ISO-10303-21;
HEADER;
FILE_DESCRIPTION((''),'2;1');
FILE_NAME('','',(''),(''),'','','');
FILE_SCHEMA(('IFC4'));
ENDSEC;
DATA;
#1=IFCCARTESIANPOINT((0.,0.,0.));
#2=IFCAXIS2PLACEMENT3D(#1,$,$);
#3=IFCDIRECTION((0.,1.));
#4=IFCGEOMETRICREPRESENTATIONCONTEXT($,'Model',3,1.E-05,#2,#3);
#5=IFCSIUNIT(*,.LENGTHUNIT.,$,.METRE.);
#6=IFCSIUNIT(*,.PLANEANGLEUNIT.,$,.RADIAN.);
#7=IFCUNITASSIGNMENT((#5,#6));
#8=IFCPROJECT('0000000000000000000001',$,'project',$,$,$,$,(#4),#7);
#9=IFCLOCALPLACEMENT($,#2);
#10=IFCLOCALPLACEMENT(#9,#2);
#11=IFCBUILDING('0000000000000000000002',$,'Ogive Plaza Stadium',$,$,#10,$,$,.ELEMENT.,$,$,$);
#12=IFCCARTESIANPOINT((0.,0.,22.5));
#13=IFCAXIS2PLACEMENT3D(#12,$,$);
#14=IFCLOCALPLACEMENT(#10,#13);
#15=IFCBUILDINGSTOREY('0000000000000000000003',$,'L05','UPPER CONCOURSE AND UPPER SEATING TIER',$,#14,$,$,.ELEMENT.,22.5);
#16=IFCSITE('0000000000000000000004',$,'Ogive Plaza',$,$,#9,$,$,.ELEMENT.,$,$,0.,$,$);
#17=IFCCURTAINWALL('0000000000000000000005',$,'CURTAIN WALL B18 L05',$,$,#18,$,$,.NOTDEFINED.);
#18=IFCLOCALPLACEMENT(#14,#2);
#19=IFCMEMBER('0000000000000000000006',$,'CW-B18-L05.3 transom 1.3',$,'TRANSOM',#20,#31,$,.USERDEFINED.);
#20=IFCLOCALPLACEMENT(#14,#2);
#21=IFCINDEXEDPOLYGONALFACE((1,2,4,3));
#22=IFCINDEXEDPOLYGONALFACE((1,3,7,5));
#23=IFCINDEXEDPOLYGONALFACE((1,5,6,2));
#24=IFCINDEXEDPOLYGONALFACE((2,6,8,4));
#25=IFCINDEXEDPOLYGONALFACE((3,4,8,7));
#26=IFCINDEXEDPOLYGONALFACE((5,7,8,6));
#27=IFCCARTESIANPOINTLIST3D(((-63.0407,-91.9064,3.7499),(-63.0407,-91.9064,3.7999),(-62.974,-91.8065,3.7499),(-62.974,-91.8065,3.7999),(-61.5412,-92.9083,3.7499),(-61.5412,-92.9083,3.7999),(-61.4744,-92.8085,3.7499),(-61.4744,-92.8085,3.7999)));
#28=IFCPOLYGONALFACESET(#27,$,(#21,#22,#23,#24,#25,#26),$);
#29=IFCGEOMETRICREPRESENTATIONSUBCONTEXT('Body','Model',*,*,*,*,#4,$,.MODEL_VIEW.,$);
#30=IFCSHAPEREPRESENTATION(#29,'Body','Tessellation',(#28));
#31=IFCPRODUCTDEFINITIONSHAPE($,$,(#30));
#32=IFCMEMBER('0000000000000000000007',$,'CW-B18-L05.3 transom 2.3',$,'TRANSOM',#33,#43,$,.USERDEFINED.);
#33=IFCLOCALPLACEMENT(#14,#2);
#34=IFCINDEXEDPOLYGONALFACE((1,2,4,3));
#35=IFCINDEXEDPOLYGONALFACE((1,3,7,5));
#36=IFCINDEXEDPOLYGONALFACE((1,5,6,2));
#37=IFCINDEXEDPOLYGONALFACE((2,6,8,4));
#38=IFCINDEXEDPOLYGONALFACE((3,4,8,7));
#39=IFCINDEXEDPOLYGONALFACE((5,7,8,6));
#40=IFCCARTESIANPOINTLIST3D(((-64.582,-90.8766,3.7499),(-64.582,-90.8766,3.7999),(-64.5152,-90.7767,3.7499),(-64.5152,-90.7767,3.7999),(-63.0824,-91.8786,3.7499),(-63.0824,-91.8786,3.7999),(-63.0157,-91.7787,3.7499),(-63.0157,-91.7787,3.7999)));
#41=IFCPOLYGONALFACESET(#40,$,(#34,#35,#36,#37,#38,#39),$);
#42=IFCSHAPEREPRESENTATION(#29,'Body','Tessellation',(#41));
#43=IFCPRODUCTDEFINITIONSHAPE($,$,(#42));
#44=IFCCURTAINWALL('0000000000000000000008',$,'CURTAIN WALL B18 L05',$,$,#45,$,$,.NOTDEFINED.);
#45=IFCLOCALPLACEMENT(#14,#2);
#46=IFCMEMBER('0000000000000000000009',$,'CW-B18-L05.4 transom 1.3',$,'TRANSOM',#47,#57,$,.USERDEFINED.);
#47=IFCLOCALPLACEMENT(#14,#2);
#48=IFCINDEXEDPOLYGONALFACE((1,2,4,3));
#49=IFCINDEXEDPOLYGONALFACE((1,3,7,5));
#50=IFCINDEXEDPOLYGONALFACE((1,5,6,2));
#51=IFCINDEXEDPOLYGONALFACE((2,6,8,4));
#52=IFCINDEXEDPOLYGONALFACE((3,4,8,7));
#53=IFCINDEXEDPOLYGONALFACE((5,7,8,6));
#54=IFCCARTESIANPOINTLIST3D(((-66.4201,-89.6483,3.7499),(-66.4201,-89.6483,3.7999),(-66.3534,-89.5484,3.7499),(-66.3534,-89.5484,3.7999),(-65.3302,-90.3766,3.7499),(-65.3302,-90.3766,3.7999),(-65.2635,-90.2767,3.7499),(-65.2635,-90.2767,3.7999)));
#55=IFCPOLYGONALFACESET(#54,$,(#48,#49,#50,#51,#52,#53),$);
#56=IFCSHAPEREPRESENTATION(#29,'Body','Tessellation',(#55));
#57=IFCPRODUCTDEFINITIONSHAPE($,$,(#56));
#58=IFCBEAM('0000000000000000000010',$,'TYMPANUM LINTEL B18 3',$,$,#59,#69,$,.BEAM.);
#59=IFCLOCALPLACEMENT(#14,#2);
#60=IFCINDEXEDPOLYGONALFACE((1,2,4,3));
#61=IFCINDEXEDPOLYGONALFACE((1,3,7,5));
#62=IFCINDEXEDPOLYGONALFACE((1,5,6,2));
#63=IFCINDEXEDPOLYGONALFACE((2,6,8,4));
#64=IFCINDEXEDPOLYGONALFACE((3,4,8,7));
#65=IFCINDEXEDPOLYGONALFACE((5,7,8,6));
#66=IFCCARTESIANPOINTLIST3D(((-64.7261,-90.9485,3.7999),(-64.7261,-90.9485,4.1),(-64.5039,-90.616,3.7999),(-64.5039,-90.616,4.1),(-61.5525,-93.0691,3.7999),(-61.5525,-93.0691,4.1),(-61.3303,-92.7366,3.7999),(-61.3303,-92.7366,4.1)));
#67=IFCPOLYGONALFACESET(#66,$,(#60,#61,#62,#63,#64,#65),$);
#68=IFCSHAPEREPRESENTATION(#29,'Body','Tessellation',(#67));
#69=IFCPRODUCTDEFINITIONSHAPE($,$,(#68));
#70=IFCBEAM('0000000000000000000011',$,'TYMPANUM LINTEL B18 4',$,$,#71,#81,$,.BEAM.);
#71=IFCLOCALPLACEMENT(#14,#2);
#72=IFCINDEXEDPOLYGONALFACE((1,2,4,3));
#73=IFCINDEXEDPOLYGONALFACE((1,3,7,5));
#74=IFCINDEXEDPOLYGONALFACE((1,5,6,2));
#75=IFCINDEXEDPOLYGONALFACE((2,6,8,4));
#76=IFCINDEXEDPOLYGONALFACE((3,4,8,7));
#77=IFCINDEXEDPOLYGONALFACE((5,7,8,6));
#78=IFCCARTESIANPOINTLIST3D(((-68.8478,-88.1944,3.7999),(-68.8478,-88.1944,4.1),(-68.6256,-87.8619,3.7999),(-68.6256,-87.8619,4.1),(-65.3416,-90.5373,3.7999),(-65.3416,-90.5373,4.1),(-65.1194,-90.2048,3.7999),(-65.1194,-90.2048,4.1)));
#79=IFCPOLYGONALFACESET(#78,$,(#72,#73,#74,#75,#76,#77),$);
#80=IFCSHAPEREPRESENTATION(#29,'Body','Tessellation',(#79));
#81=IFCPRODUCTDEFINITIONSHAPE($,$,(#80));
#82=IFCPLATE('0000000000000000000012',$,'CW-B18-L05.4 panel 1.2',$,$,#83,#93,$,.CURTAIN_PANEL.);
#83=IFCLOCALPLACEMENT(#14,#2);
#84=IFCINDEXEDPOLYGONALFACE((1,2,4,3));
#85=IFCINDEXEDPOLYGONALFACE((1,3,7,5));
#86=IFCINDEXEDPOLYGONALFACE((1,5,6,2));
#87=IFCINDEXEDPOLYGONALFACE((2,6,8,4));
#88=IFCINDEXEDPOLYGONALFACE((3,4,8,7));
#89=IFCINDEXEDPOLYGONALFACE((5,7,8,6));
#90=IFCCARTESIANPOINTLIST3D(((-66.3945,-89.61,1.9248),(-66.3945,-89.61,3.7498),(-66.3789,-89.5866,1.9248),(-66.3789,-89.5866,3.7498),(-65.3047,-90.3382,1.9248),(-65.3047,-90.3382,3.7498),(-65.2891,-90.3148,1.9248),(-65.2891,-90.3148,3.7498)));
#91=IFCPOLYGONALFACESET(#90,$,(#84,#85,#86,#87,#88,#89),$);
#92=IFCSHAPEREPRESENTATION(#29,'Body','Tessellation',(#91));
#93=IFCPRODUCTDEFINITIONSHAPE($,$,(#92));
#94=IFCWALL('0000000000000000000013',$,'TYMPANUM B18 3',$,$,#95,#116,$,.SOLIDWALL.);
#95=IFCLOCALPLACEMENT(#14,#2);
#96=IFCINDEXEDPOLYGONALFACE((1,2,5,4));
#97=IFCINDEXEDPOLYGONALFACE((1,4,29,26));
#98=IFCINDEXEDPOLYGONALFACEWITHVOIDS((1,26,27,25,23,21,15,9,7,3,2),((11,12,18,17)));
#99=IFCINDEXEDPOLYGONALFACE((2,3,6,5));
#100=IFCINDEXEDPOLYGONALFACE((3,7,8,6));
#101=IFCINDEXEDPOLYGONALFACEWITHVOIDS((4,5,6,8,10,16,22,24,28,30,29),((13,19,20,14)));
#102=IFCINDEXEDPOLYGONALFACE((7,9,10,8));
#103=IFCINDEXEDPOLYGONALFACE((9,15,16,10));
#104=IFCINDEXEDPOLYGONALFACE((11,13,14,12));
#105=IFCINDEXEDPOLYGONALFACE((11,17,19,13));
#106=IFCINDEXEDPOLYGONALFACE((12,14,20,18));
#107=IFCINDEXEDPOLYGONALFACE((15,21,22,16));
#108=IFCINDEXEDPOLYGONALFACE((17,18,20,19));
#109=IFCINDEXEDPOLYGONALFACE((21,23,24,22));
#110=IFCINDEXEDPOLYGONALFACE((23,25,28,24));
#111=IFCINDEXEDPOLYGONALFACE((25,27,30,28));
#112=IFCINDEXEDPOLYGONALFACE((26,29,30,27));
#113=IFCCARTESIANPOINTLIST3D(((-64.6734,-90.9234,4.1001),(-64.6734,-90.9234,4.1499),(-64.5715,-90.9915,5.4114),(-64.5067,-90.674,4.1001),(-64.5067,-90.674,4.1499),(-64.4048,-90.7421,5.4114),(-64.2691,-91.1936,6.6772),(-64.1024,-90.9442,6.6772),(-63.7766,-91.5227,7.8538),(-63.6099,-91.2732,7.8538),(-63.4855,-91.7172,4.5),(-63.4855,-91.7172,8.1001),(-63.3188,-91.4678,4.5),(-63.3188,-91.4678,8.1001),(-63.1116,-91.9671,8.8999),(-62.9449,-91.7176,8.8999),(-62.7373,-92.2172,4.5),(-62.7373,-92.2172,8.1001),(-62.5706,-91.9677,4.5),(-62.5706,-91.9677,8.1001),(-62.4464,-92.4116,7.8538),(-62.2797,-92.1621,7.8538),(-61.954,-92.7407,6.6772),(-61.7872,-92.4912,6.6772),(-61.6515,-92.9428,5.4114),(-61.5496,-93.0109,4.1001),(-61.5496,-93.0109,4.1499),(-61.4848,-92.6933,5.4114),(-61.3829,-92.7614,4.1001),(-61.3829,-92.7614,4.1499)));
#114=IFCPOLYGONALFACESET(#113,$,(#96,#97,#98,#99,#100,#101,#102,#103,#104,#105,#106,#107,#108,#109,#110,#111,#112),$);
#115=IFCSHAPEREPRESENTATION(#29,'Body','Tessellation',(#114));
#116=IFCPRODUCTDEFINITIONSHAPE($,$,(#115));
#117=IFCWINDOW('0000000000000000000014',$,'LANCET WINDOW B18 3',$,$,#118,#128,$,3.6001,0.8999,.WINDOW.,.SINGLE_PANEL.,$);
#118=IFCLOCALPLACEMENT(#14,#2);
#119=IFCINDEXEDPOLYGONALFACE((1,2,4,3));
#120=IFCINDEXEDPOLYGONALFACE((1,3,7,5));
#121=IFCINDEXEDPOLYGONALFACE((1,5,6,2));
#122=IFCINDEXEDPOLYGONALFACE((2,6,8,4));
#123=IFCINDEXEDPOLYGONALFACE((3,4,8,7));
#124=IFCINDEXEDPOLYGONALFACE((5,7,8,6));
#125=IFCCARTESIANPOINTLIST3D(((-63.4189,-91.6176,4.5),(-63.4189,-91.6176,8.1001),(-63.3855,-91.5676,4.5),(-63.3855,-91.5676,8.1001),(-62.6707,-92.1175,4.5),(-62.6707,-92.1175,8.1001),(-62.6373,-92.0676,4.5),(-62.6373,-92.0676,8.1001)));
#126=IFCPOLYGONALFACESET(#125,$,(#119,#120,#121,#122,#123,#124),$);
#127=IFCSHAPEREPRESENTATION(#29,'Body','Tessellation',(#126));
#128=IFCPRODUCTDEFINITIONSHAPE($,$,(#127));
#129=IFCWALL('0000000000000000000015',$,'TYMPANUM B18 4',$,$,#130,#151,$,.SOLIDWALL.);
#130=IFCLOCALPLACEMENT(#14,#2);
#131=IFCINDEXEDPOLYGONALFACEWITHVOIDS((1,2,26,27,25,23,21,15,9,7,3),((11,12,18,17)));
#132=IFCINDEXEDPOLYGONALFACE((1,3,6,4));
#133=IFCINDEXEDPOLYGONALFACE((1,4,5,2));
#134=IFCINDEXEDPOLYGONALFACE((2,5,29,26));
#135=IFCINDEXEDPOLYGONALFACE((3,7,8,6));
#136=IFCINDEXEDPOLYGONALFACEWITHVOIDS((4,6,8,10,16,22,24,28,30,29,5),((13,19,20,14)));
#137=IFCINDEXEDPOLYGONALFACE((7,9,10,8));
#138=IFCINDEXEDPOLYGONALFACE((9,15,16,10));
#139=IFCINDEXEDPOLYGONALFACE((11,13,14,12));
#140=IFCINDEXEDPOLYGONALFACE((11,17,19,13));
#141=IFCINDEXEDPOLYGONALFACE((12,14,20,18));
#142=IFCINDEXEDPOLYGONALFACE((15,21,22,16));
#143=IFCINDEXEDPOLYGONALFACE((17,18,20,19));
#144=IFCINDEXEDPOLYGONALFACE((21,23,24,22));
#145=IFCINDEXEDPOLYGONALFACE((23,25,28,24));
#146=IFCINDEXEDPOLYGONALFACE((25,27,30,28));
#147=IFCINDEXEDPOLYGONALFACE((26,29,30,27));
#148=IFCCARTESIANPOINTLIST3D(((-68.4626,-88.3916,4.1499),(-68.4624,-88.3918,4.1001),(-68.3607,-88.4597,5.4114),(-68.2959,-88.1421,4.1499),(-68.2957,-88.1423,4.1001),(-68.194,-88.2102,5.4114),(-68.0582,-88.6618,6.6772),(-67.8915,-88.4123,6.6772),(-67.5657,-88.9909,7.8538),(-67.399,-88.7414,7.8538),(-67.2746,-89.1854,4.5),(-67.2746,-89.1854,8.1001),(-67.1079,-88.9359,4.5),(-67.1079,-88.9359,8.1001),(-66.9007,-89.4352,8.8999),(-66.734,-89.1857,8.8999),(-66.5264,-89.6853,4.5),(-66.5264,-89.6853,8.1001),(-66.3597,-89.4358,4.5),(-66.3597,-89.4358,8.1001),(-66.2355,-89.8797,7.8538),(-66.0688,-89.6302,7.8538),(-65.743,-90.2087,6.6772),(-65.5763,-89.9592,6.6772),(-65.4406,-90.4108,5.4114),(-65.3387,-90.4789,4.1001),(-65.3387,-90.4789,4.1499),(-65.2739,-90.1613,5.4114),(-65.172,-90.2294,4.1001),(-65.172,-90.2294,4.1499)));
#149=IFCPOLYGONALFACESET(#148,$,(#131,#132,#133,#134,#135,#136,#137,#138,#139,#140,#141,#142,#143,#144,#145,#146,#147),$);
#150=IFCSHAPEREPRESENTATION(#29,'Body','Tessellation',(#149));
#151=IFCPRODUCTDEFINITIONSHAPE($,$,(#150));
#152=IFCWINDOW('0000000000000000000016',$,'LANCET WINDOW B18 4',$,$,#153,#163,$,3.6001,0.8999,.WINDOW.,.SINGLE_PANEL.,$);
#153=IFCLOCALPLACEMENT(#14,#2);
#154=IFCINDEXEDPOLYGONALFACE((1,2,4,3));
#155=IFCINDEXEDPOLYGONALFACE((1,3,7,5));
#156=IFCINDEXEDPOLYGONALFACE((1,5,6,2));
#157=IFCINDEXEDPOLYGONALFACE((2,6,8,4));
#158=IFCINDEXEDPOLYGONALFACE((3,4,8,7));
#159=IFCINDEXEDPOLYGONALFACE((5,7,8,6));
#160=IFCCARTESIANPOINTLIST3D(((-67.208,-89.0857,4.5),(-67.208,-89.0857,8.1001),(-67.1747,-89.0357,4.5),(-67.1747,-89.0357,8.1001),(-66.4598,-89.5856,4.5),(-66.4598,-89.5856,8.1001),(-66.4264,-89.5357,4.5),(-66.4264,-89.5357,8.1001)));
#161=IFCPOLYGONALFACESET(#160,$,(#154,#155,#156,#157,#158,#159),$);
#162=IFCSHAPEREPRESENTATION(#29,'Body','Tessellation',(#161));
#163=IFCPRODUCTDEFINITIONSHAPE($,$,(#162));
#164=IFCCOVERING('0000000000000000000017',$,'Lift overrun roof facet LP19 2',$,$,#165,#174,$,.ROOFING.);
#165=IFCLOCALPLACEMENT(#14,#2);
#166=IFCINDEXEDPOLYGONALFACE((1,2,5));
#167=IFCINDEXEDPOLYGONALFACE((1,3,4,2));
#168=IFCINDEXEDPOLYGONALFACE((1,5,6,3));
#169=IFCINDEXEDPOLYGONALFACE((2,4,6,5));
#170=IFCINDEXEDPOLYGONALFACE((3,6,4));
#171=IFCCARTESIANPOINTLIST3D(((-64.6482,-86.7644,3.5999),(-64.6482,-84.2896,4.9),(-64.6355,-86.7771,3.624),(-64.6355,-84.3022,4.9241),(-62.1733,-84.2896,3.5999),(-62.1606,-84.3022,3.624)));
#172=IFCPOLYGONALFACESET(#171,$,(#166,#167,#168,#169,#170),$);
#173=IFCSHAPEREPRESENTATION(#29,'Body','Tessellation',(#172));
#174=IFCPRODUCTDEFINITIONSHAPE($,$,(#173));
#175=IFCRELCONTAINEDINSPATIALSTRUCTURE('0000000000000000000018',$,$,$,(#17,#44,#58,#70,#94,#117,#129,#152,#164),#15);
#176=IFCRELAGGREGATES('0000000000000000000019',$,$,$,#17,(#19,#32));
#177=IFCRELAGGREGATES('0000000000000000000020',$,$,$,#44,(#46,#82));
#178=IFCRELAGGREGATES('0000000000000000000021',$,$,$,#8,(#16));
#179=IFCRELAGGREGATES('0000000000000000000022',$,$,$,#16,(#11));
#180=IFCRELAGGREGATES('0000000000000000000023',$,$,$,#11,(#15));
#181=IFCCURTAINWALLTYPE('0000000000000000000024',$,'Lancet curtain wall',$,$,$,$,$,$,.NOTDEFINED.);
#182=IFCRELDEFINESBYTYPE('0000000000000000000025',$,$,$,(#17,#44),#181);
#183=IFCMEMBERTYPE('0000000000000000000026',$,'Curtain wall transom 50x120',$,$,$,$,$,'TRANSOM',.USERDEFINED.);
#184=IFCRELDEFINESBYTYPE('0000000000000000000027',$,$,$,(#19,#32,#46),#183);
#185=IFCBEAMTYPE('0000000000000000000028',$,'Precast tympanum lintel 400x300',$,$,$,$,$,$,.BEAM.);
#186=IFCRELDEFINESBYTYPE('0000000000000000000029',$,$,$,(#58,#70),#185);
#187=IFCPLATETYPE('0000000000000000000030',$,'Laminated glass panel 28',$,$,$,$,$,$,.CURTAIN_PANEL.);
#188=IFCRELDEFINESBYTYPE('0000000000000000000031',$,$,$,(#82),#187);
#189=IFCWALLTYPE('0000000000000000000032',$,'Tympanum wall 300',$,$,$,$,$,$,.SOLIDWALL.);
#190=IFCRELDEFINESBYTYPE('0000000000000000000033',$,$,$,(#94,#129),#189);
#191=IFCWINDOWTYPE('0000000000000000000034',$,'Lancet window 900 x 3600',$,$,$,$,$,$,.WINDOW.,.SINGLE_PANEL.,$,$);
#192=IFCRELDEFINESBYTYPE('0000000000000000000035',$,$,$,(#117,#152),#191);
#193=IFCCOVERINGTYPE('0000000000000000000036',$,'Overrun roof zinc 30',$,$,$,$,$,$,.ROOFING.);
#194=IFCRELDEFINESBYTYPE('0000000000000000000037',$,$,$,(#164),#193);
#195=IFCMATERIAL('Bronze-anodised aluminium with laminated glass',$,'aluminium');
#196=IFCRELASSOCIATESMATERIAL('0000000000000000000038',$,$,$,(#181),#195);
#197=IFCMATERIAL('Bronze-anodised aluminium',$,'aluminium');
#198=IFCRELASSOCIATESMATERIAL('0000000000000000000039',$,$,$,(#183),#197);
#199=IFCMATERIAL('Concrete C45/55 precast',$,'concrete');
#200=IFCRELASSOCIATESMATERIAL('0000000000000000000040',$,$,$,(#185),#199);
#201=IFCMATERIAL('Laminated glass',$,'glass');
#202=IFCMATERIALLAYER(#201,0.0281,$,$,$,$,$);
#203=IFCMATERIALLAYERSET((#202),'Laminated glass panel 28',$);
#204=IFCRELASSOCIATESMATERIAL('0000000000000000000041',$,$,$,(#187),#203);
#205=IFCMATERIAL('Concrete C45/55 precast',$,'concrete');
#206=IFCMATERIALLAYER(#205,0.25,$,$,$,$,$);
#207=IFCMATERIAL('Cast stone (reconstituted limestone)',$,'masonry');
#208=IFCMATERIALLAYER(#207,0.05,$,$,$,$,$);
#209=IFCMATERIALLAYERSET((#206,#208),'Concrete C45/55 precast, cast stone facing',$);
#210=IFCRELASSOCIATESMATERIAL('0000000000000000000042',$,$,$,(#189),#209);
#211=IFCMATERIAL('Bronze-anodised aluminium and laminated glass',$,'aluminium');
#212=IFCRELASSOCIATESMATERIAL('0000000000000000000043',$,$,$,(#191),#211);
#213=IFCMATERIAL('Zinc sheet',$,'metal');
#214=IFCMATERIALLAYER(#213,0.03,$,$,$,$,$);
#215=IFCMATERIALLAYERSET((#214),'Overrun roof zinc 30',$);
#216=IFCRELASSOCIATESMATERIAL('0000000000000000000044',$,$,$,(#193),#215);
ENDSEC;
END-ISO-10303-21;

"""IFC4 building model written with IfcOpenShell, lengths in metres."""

from ifc_helpers import new_model, si_unit, direction, frame, frame_2d, origin, origin_2d, place, context, subcontext, project, spatial, polyline, rectangle, outline, extrude, material, layer, layer_set, material_profile, profile_set, type_object, element, fill, aggregate, save


model = new_model("IFC4")

# Units and contexts
model_context = context("Model", 3, precision=1e-05, world=origin(), true_north=direction((0.0, 1.0)))
body_context = subcontext(model_context, "Body", "Model", "MODEL_VIEW")
ifc_project = project(units=[si_unit("LENGTHUNIT", "METRE"), si_unit("PLANEANGLEUNIT", "RADIAN")], contexts=[model_context])

# Site, building, storey
site_placement = place(None, origin())
site = spatial("IfcSite", under=ifc_project, at=site_placement, Name="Ogive Plaza", CompositionType="ELEMENT", RefElevation=0.0)
building_placement = place(site_placement, origin())
building = spatial("IfcBuilding", under=site, at=building_placement, Name="Ogive Plaza Stadium", CompositionType="ELEMENT")
storey_placement = place(building_placement, frame((0.0, 0.0, 22.5)))
storey = spatial("IfcBuildingStorey", under=building, at=storey_placement, Name="L05", Description="UPPER CONCOURSE AND UPPER SEATING TIER", CompositionType="ELEMENT", Elevation=22.5)

# Curtain wall, members
ifc_material_1 = material(Name="Bronze-anodised aluminium with laminated glass", Category="aluminium")
curtain_wall_type = type_object("IfcCurtainWallType", Name="Lancet curtain wall", PredefinedType="NOTDEFINED", material=ifc_material_1)
curtain_wall_1_placement = place(storey_placement, origin())
curtain_wall_1 = element("IfcCurtainWall", 1, at=curtain_wall_1_placement, inside=storey, type_object=curtain_wall_type, Name="CURTAIN WALL B18 L05", PredefinedType="NOTDEFINED")
ifc_material_2 = material(Name="Bronze-anodised aluminium", Category="aluminium")
ifc_material_profile_1 = material_profile(ifc_material_2, rectangle(XDim=0.1201, YDim=0.05, at=origin_2d()), Name="AL 120x50")
ifc_profile_set_1 = profile_set([ifc_material_profile_1], Name="Bronze-anodised aluminium")
member_type = type_object("IfcMemberType", Name="Curtain wall transom 50x120", ElementType="TRANSOM", PredefinedType="USERDEFINED", material=ifc_profile_set_1)
member_1_placement = place(storey_placement, frame((-61.5078, -92.8584, 3.7749), z_axis=(-0.831467, 0.555575, 0.0), x_axis=(-0.555575, -0.831467, 0.0)))
member_1 = element("IfcMember", 2, at=member_1_placement, type_object=member_type, Name="CW-B18-L05.3 transom 1.3", ObjectType="TRANSOM", PredefinedType="USERDEFINED", context=body_context, shape_type="SweptSolid", body=[
    extrude(rectangle(XDim=0.1201, YDim=0.05, at=origin_2d()), origin(), (0.0, 0.0, 1.0), 1.8035),
])
member_2_placement = place(storey_placement, frame((-63.0491, -91.8286, 3.7749), z_axis=(-0.831467, 0.555575, 0.0), x_axis=(-0.555575, -0.831467, 0.0)))
member_2 = element("IfcMember", 3, at=member_2_placement, type_object=member_type, Name="CW-B18-L05.3 transom 2.3", ObjectType="TRANSOM", PredefinedType="USERDEFINED", context=body_context, shape_type="SweptSolid", body=[
    extrude(rectangle(XDim=0.1201, YDim=0.05, at=origin_2d()), origin(), (0.0, 0.0, 1.0), 1.8035),
])
aggregate(curtain_wall_1, [member_1, member_2])

# Curtain wall, member
curtain_wall_2_placement = place(storey_placement, origin())
curtain_wall_2 = element("IfcCurtainWall", 4, at=curtain_wall_2_placement, inside=storey, type_object=curtain_wall_type, Name="CURTAIN WALL B18 L05", PredefinedType="NOTDEFINED")
member_3_placement = place(storey_placement, frame((-65.2969, -90.3267, 3.7749), z_axis=(-0.831448, 0.555602, 0.0), x_axis=(-0.555602, -0.831448, 0.0)))
member_3 = element("IfcMember", 5, at=member_3_placement, type_object=member_type, Name="CW-B18-L05.4 transom 1.3", ObjectType="TRANSOM", PredefinedType="USERDEFINED", context=body_context, shape_type="SweptSolid", body=[
    extrude(rectangle(XDim=0.1201, YDim=0.05, at=origin_2d()), origin(), (0.0, 0.0, 1.0), 1.3108),
])

# Beams
ifc_material_3 = material(Name="Concrete C45/55 precast", Category="concrete")
ifc_material_profile_2 = material_profile(ifc_material_3, rectangle(XDim=0.3999, YDim=0.3, at=origin_2d()), Name="RC 400x300")
ifc_profile_set_2 = profile_set([ifc_material_profile_2], Name="Concrete C45/55 precast")
beam_type = type_object("IfcBeamType", Name="Precast tympanum lintel 400x300", PredefinedType="BEAM", material=ifc_profile_set_2)
beam_1_placement = place(storey_placement, frame((-61.4414, -92.9028, 3.95), z_axis=(-0.831459, 0.555586, 0.0), x_axis=(-0.555586, -0.831459, 0.0)))
element("IfcBeam", 6, at=beam_1_placement, inside=storey, type_object=beam_type, Name="TYMPANUM LINTEL B18 3", PredefinedType="BEAM", context=body_context, shape_type="SweptSolid", body=[
    extrude(rectangle(XDim=0.3999, YDim=0.3, at=origin_2d()), origin(), (0.0, 0.0, 1.0), 3.8169),
])
beam_2_placement = place(storey_placement, frame((-65.2305, -90.3711, 3.95), z_axis=(-0.831453, 0.555595, 0.0), x_axis=(-0.555595, -0.831453, 0.0)))
element("IfcBeam", 7, at=beam_2_placement, inside=storey, type_object=beam_type, Name="TYMPANUM LINTEL B18 4", PredefinedType="BEAM", context=body_context, shape_type="SweptSolid", body=[
    extrude(rectangle(XDim=0.3999, YDim=0.3, at=origin_2d()), origin(), (0.0, 0.0, 1.0), 4.217),
])

# Plate
ifc_material_4 = material(Name="Laminated glass", Category="glass")
ifc_layer_1 = layer(ifc_material_4, 0.0281)
ifc_layer_set_1 = layer_set([ifc_layer_1], Name="Laminated glass panel 28")
plate_type = type_object("IfcPlateType", Name="Laminated glass panel 28", PredefinedType="CURTAIN_PANEL", material=ifc_layer_set_1)
plate_placement = place(storey_placement, frame((-65.8418, -89.9624, 1.9248), z_axis=(0.0, 0.0, 1.0), x_axis=(-0.83147, 0.55557, 0.0)))
plate = element("IfcPlate", 8, at=plate_placement, type_object=plate_type, Name="CW-B18-L05.4 panel 1.2", PredefinedType="CURTAIN_PANEL", context=body_context, shape_type="SweptSolid", body=[
    extrude(rectangle(XDim=1.3108, YDim=0.0281, at=origin_2d()), origin(), (0.0, 0.0, 1.0), 1.825),
])
aggregate(curtain_wall_2, [member_3, plate])

# Walls, openings, windows
ifc_material_5 = material(Name="Concrete C45/55 precast", Category="concrete")
ifc_layer_2 = layer(ifc_material_5, 0.25)
ifc_material_6 = material(Name="Cast stone (reconstituted limestone)", Category="masonry")
ifc_layer_3 = layer(ifc_material_6, 0.05)
ifc_layer_set_2 = layer_set([ifc_layer_2, ifc_layer_3], Name="Concrete C45/55 precast, cast stone facing")
wall_type = type_object("IfcWallType", Name="Tympanum wall 300", PredefinedType="SOLIDWALL", material=ifc_layer_set_2)
wall_1_placement = place(storey_placement, frame((-61.4663, -92.8862, 4.1001), z_axis=(0.0, 0.0, 1.0), x_axis=(-0.83145, 0.5556, 0.0)))
wall_1 = element("IfcWall", 9, at=wall_1_placement, inside=storey, type_object=wall_type, Name="TYMPANUM B18 3", PredefinedType="SOLIDWALL", context=body_context, shape_type="SweptSolid", body=[
    extrude(outline(polyline([(0.0, 0.0), (3.7571, 0.0), (3.7571, 0.0498), (3.6345, 1.3113), (3.2708, 2.5771), (2.6785, 3.7537), (1.8787, 4.7998), (1.0786, 3.7537), (0.4863, 2.5771), (0.1226, 1.3113), (0.0, 0.0498), (0.0, 0.0)])), frame((0.0, 0.1499, 0.0), z_axis=(0.0, -1.0, 0.0), x_axis=(1.0, 0.0, 0.0)), (0.0, 0.0, 1.0), 0.3),
])
opening_1_placement = place(wall_1_placement, frame((1.4285, 0.0, 0.3999)))
opening_1 = element("IfcOpeningElement", 10, at=opening_1_placement, cuts=wall_1, PredefinedType="OPENING", context=body_context, shape_type="SweptSolid", body=[
    extrude(rectangle(XDim=0.8999, YDim=3.6001, at=frame_2d((0.45, 1.8))), frame((0.0, 0.1602, 0.0), z_axis=(0.0, -1.0, 0.0), x_axis=(1.0, 0.0, 0.0)), (0.0, 0.0, 1.0), 0.3201),
])
ifc_material_7 = material(Name="Bronze-anodised aluminium and laminated glass", Category="aluminium")
window_type = type_object("IfcWindowType", Name="Lancet window 900 x 3600", PartitioningType="SINGLE_PANEL", PredefinedType="WINDOW", material=ifc_material_7)
window_1_placement = place(opening_1_placement, origin())
window_1 = element("IfcWindow", 11, at=window_1_placement, inside=storey, type_object=window_type, Name="LANCET WINDOW B18 3", OverallHeight=3.6001, OverallWidth=0.8999, PartitioningType="SINGLE_PANEL", PredefinedType="WINDOW", context=body_context, shape_type="SweptSolid", body=[
    extrude(rectangle(XDim=0.8999, YDim=3.6001, at=frame_2d((0.45, 1.8))), frame((0.0, 0.03, 0.0), z_axis=(0.0, -1.0, 0.0), x_axis=(1.0, 0.0, 0.0)), (0.0, 0.0, 1.0), 0.0601),
])
fill(opening_1, window_1)
wall_2_placement = place(storey_placement, frame((-65.2554, -90.3542, 4.1001), z_axis=(0.0, 0.0, 1.0), x_axis=(-0.83148, 0.555555, 0.0)))
wall_2 = element("IfcWall", 12, at=wall_2_placement, inside=storey, type_object=wall_type, Name="TYMPANUM B18 4", PredefinedType="SOLIDWALL", context=body_context, shape_type="SweptSolid", body=[
    extrude(outline(polyline([(0.0, 0.0), (3.7568, 0.0), (3.7571, 0.0498), (3.6345, 1.3113), (3.2708, 2.5771), (2.6785, 3.7537), (1.8787, 4.7998), (1.0786, 3.7537), (0.4863, 2.5771), (0.1226, 1.3113), (0.0, 0.0498), (0.0, 0.0)])), frame((0.0, 0.1499, 0.0), z_axis=(0.0, -1.0, 0.0), x_axis=(1.0, 0.0, 0.0)), (0.0, 0.0, 1.0), 0.3),
])
opening_2_placement = place(wall_2_placement, frame((1.4285, 0.0, 0.3999)))
opening_2 = element("IfcOpeningElement", 13, at=opening_2_placement, cuts=wall_2, PredefinedType="OPENING", context=body_context, shape_type="SweptSolid", body=[
    extrude(rectangle(XDim=0.8999, YDim=3.6001, at=frame_2d((0.45, 1.8))), frame((0.0, 0.1602, 0.0), z_axis=(0.0, -1.0, 0.0), x_axis=(1.0, 0.0, 0.0)), (0.0, 0.0, 1.0), 0.3201),
])
window_2_placement = place(opening_2_placement, origin())
window_2 = element("IfcWindow", 14, at=window_2_placement, inside=storey, type_object=window_type, Name="LANCET WINDOW B18 4", OverallHeight=3.6001, OverallWidth=0.8999, PartitioningType="SINGLE_PANEL", PredefinedType="WINDOW", context=body_context, shape_type="SweptSolid", body=[
    extrude(rectangle(XDim=0.8999, YDim=3.6001, at=frame_2d((0.45, 1.8))), frame((0.0, 0.03, 0.0), z_axis=(0.0, -1.0, 0.0), x_axis=(1.0, 0.0, 0.0)), (0.0, 0.0, 1.0), 0.0601),
])
fill(opening_2, window_2)

# Covering
ifc_material_8 = material(Name="Zinc sheet", Category="metal")
ifc_layer_4 = layer(ifc_material_8, 0.03)
ifc_layer_set_3 = layer_set([ifc_layer_4], Name="Overrun roof zinc 30")
covering_type_1 = type_object("IfcCoveringType", Name="Overrun roof zinc 30", PredefinedType="ROOFING", material=ifc_layer_set_3)
covering_placement = place(storey_placement, frame((-64.6355, -86.7771, 3.624), z_axis=(0.421677, -0.421677, 0.802731), x_axis=(0.707107, 0.707107, 0.0)))
element("IfcCovering", 15, at=covering_placement, inside=storey, type_object=covering_type_1, Name="Lift overrun roof facet LP19 2", PredefinedType="ROOFING", context=body_context, shape_type="SweptSolid", body=[
    extrude(outline(polyline([(0.0, 0.0), (3.5, 0.0), (1.75, 2.18), (0.0, 0.0)])), origin(), (0.0, 0.0, -1.0), 0.03),
])

save(model, "model.ifc")
